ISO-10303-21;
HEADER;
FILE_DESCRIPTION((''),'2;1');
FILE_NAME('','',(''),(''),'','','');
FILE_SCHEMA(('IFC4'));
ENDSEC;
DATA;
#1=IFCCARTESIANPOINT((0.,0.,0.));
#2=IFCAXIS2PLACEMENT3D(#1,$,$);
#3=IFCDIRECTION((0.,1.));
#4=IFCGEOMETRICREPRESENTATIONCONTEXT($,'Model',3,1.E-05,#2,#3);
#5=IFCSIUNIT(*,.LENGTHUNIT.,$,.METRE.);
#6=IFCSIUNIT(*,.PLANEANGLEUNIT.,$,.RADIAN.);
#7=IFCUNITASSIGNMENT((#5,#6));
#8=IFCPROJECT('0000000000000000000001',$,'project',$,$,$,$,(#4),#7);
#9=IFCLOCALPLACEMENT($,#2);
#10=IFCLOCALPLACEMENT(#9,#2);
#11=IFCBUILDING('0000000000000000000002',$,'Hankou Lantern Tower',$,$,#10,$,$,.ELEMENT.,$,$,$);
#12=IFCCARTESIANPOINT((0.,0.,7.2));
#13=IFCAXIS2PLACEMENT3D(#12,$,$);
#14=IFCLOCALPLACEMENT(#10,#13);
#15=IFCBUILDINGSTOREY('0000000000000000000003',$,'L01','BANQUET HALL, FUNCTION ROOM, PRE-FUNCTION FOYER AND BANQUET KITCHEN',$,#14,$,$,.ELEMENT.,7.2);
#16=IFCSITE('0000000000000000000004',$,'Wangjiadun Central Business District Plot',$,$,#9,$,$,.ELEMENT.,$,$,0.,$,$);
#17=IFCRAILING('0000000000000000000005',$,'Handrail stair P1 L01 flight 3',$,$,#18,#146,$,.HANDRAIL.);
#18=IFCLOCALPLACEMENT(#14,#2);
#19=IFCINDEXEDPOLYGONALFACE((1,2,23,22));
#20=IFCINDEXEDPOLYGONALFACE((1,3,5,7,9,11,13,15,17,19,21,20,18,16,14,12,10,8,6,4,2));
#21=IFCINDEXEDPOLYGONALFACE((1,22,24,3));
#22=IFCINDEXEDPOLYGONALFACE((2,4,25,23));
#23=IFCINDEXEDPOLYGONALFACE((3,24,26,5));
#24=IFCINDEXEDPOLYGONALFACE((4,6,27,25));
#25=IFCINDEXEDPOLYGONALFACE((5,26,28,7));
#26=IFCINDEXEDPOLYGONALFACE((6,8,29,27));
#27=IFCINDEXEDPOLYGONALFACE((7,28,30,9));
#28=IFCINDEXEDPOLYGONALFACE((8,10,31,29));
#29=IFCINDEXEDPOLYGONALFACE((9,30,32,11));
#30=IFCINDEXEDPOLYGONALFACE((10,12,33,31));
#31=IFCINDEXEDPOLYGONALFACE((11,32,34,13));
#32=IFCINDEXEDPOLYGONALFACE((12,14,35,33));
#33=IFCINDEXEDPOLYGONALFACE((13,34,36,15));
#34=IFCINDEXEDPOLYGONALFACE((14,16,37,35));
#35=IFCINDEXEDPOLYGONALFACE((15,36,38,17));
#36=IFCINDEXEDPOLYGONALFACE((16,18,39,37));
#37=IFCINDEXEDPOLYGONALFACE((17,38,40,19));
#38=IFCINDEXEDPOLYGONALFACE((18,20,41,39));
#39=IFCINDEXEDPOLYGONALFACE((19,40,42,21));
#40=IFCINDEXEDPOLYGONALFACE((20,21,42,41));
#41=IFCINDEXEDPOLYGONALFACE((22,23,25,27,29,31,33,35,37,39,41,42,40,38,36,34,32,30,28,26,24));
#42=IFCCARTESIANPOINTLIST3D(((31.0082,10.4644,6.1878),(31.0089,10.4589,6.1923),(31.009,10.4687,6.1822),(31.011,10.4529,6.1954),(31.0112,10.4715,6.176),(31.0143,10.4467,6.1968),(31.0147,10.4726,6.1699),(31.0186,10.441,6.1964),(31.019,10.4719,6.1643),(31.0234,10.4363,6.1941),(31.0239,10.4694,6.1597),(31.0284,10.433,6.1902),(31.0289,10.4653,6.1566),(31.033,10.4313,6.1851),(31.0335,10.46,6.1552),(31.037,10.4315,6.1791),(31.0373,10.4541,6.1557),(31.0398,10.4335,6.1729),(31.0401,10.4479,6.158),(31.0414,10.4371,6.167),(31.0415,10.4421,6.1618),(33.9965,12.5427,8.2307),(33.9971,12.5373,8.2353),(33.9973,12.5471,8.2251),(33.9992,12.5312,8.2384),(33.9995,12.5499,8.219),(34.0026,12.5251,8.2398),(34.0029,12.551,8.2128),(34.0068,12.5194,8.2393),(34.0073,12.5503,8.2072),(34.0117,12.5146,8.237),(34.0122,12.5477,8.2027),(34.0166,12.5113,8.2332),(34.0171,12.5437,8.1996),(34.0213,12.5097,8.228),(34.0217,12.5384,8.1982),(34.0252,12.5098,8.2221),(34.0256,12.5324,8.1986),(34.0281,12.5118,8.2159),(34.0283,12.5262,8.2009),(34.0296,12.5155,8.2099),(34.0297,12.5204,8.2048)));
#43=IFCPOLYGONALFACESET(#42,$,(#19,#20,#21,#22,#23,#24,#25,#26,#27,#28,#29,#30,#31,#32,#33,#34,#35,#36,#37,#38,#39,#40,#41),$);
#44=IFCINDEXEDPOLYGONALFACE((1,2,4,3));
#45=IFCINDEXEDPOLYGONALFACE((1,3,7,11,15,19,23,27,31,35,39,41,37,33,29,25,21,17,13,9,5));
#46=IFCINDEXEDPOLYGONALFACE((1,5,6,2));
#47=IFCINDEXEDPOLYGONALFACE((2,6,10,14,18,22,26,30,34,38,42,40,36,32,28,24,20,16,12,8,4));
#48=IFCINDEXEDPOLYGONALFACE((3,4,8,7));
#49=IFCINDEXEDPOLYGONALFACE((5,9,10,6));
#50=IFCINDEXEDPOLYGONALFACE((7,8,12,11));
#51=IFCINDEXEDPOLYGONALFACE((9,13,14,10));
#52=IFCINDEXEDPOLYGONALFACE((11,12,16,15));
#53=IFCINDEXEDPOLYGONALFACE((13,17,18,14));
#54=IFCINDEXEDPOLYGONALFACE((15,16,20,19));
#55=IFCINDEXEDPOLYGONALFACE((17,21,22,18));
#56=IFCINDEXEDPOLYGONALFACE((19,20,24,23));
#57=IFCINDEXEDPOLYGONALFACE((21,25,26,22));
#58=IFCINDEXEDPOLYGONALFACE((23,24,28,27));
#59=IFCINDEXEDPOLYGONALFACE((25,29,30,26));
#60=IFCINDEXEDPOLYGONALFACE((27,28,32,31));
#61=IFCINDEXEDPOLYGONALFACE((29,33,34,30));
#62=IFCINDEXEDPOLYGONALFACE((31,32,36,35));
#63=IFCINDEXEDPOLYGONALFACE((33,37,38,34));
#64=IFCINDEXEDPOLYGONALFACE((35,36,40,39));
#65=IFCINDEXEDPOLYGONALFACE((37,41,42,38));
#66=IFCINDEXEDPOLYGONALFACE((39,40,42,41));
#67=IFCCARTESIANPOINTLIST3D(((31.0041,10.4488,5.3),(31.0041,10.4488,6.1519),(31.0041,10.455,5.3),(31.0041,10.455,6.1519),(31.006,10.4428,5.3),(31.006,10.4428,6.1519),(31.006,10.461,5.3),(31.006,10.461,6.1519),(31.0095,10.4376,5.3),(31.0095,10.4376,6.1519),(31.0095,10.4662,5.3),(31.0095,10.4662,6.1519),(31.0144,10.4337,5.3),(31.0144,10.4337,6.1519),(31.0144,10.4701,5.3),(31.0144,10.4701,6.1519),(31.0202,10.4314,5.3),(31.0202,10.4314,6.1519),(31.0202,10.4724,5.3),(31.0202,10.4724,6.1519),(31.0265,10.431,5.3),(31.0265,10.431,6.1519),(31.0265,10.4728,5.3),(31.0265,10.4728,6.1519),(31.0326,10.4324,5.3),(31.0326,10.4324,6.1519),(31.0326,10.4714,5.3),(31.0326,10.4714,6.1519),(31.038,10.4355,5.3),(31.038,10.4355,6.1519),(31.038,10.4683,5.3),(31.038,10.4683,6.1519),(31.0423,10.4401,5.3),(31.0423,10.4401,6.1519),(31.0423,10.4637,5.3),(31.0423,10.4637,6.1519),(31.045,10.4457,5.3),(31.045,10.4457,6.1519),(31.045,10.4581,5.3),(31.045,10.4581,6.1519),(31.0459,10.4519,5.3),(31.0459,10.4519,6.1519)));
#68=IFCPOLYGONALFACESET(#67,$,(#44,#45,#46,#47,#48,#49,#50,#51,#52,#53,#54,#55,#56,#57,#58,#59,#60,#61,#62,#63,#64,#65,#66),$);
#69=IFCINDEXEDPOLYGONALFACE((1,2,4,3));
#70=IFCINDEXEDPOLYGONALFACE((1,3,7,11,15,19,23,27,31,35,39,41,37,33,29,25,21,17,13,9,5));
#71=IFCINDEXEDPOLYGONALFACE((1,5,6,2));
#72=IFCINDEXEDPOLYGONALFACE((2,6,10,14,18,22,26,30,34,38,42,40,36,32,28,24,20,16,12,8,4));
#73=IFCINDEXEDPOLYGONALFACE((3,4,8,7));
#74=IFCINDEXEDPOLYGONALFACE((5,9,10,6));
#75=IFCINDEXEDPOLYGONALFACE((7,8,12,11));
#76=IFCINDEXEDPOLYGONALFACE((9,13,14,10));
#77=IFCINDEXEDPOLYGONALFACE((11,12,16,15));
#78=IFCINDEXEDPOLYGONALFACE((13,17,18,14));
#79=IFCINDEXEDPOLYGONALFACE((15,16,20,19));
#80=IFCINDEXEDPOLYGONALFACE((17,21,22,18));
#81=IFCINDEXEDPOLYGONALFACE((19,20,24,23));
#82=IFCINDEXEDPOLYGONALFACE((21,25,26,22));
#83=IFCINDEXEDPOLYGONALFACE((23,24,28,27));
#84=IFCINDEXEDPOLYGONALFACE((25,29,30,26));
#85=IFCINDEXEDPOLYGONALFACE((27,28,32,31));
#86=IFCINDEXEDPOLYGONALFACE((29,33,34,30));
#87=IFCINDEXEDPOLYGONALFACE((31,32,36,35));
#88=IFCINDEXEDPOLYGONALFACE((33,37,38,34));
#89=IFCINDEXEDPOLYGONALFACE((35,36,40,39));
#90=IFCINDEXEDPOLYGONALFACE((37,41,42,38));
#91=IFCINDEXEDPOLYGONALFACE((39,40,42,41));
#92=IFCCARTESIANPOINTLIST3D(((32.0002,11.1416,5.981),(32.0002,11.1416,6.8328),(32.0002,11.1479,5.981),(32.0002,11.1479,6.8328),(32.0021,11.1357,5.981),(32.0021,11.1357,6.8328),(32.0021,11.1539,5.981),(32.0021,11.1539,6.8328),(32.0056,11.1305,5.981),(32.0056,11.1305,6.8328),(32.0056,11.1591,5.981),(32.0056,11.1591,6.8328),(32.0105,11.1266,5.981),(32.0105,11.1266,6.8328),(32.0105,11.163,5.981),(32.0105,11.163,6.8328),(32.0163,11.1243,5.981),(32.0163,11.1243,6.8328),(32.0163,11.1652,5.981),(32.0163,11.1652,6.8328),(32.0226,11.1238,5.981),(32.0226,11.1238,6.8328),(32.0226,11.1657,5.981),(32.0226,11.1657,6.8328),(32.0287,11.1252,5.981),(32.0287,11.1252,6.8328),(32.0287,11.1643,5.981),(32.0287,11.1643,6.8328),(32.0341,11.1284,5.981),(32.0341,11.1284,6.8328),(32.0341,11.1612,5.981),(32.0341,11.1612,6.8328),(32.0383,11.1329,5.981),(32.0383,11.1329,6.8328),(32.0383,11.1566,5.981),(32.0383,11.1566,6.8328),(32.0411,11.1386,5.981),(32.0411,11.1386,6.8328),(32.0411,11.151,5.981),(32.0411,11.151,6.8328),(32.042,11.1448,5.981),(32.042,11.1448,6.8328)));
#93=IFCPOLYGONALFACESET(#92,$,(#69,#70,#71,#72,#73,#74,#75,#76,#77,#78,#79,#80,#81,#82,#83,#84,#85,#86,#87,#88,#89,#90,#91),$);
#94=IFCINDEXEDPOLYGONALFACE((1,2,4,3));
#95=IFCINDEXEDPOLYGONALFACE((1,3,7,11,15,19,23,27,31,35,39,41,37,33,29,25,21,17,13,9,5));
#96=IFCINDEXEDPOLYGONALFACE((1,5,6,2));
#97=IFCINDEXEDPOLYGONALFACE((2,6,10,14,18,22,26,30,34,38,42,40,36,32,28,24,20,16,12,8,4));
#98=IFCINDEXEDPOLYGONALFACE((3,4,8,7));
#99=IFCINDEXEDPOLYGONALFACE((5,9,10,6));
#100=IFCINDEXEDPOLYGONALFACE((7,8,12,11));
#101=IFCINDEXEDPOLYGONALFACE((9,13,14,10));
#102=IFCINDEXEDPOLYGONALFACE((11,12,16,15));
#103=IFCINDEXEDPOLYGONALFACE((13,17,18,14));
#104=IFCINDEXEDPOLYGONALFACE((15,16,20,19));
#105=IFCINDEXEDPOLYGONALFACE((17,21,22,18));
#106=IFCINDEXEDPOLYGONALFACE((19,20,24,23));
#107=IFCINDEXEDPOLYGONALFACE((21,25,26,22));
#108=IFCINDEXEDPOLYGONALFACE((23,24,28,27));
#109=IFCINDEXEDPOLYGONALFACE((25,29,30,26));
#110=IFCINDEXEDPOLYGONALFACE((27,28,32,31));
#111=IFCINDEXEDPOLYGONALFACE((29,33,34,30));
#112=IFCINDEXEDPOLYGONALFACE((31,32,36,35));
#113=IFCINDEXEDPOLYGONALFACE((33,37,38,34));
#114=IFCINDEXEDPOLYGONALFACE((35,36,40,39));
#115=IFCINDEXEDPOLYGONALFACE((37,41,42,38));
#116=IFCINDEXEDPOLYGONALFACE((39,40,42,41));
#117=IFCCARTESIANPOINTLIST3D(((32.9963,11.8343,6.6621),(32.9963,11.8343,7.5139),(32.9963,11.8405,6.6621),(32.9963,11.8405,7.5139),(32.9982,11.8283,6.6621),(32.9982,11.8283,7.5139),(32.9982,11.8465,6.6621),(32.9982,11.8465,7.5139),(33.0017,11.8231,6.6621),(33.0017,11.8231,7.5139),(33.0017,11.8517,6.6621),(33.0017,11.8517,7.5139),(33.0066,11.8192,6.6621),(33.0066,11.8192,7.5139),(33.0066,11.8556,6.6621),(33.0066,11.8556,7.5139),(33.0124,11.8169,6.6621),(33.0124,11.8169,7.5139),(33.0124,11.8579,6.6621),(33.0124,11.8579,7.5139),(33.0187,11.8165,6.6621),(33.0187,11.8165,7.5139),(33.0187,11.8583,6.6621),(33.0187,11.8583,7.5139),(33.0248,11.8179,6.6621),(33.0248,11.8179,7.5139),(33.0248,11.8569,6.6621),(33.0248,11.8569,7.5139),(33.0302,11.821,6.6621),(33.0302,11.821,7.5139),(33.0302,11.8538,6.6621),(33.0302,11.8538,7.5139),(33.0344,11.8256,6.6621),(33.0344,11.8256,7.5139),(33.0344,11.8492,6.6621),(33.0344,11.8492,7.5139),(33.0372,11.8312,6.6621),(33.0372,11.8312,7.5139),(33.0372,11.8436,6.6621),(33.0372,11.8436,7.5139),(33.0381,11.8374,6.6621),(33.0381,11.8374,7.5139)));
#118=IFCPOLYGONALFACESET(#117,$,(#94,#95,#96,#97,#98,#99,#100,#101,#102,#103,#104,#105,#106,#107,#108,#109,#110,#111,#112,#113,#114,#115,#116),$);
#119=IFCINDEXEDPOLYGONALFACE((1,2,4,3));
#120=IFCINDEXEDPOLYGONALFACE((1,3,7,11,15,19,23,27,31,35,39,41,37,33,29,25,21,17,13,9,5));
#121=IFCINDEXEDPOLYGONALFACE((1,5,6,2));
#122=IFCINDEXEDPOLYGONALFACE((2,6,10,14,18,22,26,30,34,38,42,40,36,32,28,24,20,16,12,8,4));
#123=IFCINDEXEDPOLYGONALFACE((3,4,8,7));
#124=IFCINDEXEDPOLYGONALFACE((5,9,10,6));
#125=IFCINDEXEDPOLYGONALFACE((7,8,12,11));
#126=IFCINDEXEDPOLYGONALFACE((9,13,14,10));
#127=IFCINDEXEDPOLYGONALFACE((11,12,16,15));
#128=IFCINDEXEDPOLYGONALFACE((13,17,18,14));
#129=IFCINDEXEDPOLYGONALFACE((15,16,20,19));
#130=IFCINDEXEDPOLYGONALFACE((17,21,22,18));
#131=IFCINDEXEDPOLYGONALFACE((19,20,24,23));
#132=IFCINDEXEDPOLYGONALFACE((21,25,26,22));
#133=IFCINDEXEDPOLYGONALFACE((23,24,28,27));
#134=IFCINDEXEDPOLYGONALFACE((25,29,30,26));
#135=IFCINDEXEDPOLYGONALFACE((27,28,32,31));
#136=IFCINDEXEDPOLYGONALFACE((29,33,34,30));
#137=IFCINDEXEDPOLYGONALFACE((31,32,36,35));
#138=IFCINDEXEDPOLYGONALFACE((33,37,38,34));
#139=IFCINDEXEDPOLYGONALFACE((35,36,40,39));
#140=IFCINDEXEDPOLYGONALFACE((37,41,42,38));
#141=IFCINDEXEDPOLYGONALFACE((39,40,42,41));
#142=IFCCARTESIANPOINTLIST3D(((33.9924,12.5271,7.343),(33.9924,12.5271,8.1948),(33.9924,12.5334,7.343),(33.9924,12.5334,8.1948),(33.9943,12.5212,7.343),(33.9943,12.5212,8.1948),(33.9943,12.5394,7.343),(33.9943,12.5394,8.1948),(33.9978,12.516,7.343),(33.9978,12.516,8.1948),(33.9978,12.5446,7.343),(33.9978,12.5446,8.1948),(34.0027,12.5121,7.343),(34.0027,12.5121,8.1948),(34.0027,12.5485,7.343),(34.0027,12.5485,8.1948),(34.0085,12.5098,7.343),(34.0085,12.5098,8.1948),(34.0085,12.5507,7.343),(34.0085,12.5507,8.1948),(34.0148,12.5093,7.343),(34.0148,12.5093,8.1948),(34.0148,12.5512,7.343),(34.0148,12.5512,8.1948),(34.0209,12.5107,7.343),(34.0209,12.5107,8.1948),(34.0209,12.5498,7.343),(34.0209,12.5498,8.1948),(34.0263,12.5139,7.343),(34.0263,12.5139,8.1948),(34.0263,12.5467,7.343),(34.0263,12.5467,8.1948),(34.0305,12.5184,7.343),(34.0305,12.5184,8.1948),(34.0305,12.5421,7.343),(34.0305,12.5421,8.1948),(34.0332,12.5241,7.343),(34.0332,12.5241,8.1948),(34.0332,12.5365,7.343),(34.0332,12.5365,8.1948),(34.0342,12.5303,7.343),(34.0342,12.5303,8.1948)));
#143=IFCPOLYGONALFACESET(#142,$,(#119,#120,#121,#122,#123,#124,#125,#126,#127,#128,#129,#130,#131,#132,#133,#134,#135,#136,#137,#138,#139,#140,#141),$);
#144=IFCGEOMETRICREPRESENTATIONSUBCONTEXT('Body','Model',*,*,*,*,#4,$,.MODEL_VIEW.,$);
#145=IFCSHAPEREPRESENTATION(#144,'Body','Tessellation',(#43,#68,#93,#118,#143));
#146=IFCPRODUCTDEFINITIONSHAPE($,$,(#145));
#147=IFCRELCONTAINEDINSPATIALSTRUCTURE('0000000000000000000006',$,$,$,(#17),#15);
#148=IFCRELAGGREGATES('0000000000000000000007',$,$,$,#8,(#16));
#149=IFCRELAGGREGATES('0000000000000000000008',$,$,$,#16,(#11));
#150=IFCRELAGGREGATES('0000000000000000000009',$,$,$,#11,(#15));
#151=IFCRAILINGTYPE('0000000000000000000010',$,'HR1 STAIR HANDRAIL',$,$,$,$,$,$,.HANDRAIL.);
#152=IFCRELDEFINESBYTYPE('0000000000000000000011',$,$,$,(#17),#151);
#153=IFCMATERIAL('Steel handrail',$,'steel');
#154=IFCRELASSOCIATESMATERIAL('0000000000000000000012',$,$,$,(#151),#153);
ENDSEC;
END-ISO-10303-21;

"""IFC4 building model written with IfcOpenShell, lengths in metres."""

from ifc_helpers import new_model, si_unit, direction, frame, origin, origin_2d, place, context, subcontext, project, spatial, circle, extrude, material, type_object, element, save


model = new_model("IFC4")

# Units and contexts
model_context = context("Model", 3, precision=1e-05, world=origin(), true_north=direction((0.0, 1.0)))
body_context = subcontext(model_context, "Body", "Model", "MODEL_VIEW")
ifc_project = project(units=[si_unit("LENGTHUNIT", "METRE"), si_unit("PLANEANGLEUNIT", "RADIAN")], contexts=[model_context])

# Site, building, storey
site_placement = place(None, origin())
site = spatial("IfcSite", under=ifc_project, at=site_placement, Name="Wangjiadun Central Business District Plot", CompositionType="ELEMENT", RefElevation=0.0)
building_placement = place(site_placement, origin())
building = spatial("IfcBuilding", under=site, at=building_placement, Name="Hankou Lantern Tower", CompositionType="ELEMENT")
storey_placement = place(building_placement, frame((0.0, 0.0, 7.2)))
storey = spatial("IfcBuildingStorey", under=building, at=storey_placement, Name="L01", Description="BANQUET HALL, FUNCTION ROOM, PRE-FUNCTION FOYER AND BANQUET KITCHEN", CompositionType="ELEMENT", Elevation=7.2)

# Railing
ifc_material_1 = material(Name="Steel handrail", Category="steel")
railing_type = type_object("IfcRailingType", Name="HR1 STAIR HANDRAIL", PredefinedType="HANDRAIL", material=ifc_material_1)
railing_1_placement = place(storey_placement, frame((31.0249, 10.4519, 5.3)))
element("IfcRailing", 1, at=railing_1_placement, inside=storey, type_object=railing_type, Name="Handrail stair P1 L01 flight 3", PredefinedType="HANDRAIL", context=body_context, shape_type="SweptSolid", body=[
    extrude(circle(Radius=0.0239, at=origin_2d()), frame((0.0, 0.0, 0.876), z_axis=(0.715909, 0.49792, 0.489439), x_axis=(-0.570984, 0.820961, 0.0)), (0.0, 0.0, 1.0), 4.1741),
    extrude(circle(Radius=0.021, at=origin_2d()), origin(), (0.0, 0.0, 1.0), 0.8518),
    extrude(circle(Radius=0.021, at=origin_2d()), frame((0.9961, 0.6929, 0.6809)), (0.0, 0.0, 1.0), 0.8518),
    extrude(circle(Radius=0.021, at=origin_2d()), frame((1.9922, 1.3855, 1.3621)), (0.0, 0.0, 1.0), 0.8518),
    extrude(circle(Radius=0.021, at=origin_2d()), frame((2.9883, 2.0784, 2.043)), (0.0, 0.0, 1.0), 0.8518),
])

save(model, "model.ifc")
